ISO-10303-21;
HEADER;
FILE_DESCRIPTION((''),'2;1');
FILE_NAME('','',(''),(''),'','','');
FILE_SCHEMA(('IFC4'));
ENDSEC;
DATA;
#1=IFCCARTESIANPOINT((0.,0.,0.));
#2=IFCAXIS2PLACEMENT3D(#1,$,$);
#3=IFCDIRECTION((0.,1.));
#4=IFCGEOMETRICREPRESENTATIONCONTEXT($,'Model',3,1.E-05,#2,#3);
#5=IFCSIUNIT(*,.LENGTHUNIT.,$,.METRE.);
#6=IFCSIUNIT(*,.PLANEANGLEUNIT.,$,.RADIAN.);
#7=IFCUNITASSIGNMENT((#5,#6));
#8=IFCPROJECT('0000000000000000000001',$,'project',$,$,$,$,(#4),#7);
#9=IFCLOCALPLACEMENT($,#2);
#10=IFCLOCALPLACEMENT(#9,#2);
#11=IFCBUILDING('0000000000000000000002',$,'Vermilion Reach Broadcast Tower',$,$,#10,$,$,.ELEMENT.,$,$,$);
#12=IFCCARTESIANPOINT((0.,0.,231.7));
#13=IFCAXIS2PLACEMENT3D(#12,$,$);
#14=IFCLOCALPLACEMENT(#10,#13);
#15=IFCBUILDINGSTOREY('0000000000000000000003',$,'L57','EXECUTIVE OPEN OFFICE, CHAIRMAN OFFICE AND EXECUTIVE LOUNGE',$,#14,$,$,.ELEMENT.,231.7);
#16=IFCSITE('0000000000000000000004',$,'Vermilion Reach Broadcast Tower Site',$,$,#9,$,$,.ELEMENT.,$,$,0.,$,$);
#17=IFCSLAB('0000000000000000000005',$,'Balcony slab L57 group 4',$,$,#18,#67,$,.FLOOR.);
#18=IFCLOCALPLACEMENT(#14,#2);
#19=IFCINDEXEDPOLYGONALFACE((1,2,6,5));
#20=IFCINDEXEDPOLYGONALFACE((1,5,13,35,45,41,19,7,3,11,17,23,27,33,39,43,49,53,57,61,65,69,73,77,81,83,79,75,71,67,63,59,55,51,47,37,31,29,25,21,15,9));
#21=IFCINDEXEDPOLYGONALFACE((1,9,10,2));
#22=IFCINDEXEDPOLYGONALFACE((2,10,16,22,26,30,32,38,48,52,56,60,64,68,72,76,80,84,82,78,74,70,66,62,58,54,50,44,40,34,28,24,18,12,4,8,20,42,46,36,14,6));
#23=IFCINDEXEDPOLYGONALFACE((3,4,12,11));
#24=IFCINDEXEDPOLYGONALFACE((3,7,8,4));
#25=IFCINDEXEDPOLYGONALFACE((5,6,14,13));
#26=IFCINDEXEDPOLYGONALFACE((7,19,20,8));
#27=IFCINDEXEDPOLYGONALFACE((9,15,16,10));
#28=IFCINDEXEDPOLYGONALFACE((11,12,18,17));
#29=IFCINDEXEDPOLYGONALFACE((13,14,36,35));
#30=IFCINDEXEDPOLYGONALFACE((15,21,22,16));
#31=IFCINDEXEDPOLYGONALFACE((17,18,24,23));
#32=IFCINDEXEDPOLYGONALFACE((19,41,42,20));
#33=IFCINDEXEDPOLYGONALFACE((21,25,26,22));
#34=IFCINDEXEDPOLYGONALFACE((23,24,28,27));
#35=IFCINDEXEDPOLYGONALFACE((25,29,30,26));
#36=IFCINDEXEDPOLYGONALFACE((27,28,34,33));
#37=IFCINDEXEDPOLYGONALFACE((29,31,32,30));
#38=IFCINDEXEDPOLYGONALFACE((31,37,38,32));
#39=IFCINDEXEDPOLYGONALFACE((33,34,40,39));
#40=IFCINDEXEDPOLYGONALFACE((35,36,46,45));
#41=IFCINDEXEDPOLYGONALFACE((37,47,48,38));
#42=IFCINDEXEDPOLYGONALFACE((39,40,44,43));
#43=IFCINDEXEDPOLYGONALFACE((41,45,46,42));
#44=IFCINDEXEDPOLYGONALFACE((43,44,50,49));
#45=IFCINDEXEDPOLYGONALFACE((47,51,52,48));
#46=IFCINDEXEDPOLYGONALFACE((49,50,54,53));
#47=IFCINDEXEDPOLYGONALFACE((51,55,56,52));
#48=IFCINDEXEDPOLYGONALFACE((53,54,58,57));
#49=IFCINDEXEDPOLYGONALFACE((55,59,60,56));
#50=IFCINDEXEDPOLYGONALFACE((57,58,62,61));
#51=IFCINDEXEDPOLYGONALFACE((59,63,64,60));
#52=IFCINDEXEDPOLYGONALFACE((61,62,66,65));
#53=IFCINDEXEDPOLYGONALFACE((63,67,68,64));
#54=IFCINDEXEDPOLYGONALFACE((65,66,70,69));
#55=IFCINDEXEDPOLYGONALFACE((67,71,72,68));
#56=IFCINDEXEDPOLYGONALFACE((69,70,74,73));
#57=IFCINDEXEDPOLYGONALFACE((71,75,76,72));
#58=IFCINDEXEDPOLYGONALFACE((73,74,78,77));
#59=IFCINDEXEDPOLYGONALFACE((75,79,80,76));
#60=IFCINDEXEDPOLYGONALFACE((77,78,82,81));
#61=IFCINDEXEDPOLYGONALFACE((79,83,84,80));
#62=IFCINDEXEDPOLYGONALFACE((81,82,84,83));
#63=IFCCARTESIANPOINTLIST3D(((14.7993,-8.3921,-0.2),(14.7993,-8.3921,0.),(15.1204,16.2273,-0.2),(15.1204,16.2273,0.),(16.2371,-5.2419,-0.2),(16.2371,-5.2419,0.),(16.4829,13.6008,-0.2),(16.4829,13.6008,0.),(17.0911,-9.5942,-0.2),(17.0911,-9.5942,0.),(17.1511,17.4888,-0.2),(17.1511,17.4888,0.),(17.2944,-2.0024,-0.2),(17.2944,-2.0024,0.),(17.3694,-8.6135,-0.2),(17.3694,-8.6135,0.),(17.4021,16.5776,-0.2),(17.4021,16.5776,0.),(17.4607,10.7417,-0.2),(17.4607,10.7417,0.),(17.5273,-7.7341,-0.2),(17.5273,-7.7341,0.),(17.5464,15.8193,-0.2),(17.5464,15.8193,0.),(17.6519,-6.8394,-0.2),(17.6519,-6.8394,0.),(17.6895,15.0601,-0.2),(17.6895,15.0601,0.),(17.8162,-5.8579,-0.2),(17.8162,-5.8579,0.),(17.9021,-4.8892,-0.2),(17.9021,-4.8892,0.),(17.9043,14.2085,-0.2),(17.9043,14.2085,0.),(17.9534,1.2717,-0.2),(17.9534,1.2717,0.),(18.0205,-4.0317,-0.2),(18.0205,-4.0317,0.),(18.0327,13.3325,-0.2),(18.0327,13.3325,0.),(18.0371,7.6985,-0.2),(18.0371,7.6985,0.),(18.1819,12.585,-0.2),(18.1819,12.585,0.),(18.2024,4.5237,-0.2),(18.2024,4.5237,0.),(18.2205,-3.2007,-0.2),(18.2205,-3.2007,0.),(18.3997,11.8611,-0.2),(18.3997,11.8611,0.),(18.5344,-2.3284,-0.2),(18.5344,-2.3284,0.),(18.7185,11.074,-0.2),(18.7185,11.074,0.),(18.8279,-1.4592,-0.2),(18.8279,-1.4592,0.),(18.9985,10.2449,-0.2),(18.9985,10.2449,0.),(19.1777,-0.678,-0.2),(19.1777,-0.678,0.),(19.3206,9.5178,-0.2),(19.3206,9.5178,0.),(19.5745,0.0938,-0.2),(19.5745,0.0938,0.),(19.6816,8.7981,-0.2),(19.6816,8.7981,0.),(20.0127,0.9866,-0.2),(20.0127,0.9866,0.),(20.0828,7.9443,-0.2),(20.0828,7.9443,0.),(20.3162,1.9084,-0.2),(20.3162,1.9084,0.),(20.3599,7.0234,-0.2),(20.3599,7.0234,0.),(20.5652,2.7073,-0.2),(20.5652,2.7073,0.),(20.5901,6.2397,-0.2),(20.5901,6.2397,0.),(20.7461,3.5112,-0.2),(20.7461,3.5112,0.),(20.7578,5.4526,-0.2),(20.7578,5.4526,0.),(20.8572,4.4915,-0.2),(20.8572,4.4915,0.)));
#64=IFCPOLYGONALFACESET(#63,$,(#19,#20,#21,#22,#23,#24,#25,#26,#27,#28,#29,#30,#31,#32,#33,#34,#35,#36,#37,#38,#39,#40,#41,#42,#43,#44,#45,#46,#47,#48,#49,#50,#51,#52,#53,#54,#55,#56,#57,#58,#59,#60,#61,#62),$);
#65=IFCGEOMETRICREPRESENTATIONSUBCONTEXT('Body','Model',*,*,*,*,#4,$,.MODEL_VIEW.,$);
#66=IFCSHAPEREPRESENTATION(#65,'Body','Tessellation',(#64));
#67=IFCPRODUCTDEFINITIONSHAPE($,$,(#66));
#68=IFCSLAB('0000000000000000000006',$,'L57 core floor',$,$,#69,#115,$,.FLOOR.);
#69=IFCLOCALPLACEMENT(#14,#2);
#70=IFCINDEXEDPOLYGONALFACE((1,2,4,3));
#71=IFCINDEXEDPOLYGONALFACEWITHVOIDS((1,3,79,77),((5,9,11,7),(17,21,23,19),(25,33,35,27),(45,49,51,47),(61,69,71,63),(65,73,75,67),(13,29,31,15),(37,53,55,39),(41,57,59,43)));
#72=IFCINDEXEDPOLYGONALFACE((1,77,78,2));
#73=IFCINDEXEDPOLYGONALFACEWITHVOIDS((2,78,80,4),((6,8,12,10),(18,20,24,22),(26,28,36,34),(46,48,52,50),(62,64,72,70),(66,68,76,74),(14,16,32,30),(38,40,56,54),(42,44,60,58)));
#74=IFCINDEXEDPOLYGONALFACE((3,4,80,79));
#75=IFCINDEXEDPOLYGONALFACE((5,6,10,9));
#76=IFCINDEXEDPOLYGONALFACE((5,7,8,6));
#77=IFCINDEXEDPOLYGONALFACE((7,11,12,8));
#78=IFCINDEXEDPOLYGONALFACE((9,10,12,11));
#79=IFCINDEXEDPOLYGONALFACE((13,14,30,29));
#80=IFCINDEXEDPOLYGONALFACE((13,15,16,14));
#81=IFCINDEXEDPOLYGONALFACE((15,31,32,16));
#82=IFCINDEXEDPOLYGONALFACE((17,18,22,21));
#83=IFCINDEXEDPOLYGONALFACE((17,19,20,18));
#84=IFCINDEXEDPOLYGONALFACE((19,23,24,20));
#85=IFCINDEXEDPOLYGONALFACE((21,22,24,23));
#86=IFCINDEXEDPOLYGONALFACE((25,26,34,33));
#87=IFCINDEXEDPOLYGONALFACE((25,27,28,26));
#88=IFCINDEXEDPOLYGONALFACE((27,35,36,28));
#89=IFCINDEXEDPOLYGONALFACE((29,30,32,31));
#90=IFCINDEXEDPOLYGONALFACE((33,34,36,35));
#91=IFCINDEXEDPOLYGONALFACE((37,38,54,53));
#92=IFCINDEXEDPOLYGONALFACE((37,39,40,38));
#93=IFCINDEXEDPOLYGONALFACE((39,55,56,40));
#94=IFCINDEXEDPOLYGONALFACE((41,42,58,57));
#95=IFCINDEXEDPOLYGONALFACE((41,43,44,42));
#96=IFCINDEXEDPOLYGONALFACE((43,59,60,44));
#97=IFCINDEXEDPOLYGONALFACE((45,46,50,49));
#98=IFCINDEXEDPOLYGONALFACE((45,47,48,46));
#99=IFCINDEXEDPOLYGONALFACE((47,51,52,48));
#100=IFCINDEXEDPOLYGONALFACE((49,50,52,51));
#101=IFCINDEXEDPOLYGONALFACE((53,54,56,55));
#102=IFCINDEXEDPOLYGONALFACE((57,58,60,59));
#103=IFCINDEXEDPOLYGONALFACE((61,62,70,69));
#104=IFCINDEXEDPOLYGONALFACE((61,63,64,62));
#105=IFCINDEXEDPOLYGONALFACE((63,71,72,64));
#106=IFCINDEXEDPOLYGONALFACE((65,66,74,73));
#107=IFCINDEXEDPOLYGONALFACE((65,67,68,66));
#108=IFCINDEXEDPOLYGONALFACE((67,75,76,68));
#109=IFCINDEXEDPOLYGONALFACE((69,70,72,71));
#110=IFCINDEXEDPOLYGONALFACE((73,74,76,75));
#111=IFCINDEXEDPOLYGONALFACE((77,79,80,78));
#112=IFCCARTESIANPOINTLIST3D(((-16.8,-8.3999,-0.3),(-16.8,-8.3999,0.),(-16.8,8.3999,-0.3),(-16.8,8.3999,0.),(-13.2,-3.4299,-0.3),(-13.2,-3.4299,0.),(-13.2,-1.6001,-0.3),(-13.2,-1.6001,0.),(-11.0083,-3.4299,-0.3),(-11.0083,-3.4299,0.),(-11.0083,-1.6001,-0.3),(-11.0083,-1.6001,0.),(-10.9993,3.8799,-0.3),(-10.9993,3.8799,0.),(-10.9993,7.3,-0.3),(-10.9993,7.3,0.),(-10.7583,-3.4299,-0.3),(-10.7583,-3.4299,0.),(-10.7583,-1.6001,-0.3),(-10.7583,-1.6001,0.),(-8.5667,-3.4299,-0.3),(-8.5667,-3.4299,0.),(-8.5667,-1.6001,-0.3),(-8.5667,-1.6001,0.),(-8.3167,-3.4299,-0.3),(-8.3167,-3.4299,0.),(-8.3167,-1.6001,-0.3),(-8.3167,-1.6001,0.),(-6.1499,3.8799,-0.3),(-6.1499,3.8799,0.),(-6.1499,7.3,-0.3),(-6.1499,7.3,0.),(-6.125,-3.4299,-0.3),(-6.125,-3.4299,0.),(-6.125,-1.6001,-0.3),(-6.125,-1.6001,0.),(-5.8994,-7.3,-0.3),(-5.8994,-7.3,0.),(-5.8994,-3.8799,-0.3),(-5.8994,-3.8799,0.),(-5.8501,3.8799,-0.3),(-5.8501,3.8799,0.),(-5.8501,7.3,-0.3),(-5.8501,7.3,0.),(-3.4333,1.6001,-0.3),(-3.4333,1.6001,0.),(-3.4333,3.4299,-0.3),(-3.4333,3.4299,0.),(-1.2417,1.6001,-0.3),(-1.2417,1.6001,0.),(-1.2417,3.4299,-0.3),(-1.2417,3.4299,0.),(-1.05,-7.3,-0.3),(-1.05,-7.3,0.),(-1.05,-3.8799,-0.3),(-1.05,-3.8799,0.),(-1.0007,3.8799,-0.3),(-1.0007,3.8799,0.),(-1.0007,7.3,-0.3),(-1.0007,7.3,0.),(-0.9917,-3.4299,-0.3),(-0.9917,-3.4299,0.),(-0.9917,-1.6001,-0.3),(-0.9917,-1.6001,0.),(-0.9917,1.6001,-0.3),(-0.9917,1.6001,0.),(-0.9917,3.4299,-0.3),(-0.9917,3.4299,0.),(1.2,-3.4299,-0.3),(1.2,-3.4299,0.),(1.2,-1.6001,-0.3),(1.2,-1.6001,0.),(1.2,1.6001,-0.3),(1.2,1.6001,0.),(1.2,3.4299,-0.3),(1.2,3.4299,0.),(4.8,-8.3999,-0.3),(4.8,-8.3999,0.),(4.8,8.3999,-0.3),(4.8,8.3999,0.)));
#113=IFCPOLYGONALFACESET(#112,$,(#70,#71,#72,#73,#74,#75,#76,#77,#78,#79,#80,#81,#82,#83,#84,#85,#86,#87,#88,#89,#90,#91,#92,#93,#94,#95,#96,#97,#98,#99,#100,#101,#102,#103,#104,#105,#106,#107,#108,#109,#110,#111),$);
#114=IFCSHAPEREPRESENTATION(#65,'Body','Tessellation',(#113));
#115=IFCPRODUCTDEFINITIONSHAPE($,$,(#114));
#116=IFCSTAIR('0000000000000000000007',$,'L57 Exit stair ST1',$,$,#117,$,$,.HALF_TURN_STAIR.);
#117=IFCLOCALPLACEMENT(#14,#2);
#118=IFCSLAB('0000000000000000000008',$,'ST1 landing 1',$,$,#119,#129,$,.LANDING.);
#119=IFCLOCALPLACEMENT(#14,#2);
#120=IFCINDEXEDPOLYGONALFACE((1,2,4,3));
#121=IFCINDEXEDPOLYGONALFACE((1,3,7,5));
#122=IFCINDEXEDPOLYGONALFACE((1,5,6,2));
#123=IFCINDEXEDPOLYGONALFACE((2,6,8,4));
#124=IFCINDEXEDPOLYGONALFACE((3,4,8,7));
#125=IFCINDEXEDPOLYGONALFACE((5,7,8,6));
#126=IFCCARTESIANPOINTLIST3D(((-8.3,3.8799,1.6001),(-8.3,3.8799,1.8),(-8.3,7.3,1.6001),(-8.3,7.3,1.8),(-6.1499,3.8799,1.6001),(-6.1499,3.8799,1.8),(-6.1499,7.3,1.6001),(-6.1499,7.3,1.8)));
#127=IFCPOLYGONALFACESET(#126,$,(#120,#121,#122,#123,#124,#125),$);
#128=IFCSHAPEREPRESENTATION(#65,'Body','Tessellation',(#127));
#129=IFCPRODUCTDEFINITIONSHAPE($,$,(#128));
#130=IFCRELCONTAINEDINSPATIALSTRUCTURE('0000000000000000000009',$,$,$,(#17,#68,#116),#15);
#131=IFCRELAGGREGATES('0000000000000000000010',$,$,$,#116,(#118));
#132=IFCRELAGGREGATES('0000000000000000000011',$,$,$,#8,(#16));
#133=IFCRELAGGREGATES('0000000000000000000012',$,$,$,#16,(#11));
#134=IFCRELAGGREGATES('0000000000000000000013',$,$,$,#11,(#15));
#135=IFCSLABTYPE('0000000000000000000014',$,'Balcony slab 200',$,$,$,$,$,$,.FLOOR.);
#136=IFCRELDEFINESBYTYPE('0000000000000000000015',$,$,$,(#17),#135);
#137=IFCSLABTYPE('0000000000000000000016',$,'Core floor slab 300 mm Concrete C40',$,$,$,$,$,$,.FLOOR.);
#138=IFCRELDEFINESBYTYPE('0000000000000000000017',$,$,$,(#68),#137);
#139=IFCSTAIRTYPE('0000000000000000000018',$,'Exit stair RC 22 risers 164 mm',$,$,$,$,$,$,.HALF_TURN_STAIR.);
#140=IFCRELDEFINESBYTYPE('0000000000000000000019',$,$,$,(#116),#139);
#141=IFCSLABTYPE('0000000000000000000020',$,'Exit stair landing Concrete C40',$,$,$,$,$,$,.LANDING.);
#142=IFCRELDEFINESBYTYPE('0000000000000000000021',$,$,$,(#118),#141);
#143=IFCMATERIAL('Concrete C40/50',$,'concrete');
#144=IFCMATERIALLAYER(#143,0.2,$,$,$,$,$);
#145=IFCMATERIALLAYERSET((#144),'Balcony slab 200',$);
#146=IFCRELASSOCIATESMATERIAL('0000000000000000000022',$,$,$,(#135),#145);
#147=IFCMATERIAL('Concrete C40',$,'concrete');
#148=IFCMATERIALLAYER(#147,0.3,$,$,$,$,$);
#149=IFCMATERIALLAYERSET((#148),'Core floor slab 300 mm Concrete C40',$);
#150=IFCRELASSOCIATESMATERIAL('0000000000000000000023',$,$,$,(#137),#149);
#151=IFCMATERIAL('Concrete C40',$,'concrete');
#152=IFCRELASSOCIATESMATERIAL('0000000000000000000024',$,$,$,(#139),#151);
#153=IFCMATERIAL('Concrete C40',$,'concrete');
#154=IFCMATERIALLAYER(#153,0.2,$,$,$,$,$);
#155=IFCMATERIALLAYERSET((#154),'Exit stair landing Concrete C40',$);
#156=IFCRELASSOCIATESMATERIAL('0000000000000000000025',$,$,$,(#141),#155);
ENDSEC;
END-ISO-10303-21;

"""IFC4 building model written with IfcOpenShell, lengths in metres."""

from ifc_helpers import new_model, si_unit, direction, frame, origin, place, context, subcontext, project, spatial, polyline, outline, extrude, material, layer, layer_set, type_object, element, aggregate, save


model = new_model("IFC4")

# Units and contexts
model_context = context("Model", 3, precision=1e-05, world=origin(), true_north=direction((0.0, 1.0)))
body_context = subcontext(model_context, "Body", "Model", "MODEL_VIEW")
ifc_project = project(units=[si_unit("LENGTHUNIT", "METRE"), si_unit("PLANEANGLEUNIT", "RADIAN")], contexts=[model_context])

# Site, building, storey
site_placement = place(None, origin())
site = spatial("IfcSite", under=ifc_project, at=site_placement, Name="Vermilion Reach Broadcast Tower Site", CompositionType="ELEMENT", RefElevation=0.0)
building_placement = place(site_placement, origin())
building = spatial("IfcBuilding", under=site, at=building_placement, Name="Vermilion Reach Broadcast Tower", CompositionType="ELEMENT")
storey_placement = place(building_placement, frame((0.0, 0.0, 231.7)))
storey = spatial("IfcBuildingStorey", under=building, at=storey_placement, Name="L57", Description="EXECUTIVE OPEN OFFICE, CHAIRMAN OFFICE AND EXECUTIVE LOUNGE", CompositionType="ELEMENT", Elevation=231.7)

# Slabs
ifc_material_1 = material(Name="Concrete C40/50", Category="concrete")
ifc_layer_1 = layer(ifc_material_1, 0.2)
ifc_layer_set_1 = layer_set([ifc_layer_1], Name="Balcony slab 200")
slab_type_1 = type_object("IfcSlabType", Name="Balcony slab 200", PredefinedType="FLOOR", material=ifc_layer_set_1)
placement_1 = place(storey_placement, frame((0.0, 0.0, -0.2)))
element("IfcSlab", 1, at=placement_1, inside=storey, type_object=slab_type_1, Name="Balcony slab L57 group 4", PredefinedType="FLOOR", context=body_context, shape_type="SweptSolid", body=[
    extrude(outline(polyline([(14.7993, -8.3921), (16.2371, -5.2419), (17.2944, -2.0024), (17.9534, 1.2717), (18.2024, 4.5237), (18.0371, 7.6985), (17.4607, 10.7417), (16.4829, 13.6008), (15.1204, 16.2273), (17.1511, 17.4888), (17.4021, 16.5776), (17.5464, 15.8193), (17.6895, 15.0601), (17.9043, 14.2085), (18.0327, 13.3325), (18.1819, 12.585), (18.3997, 11.8611), (18.7185, 11.074), (18.9985, 10.2449), (19.3206, 9.5178), (19.6816, 8.7981), (20.0828, 7.9443), (20.3599, 7.0234), (20.5901, 6.2397), (20.7578, 5.4526), (20.8572, 4.4915), (20.7461, 3.5112), (20.5652, 2.7073), (20.3162, 1.9084), (20.0127, 0.9866), (19.5745, 0.0938), (19.1777, -0.678), (18.8279, -1.4592), (18.5344, -2.3284), (18.2205, -3.2007), (18.0205, -4.0317), (17.9021, -4.8892), (17.8162, -5.8579), (17.6519, -6.8394), (17.5273, -7.7341), (17.3694, -8.6135), (17.0911, -9.5942), (14.7993, -8.3921)])), origin(), (0.0, 0.0, 1.0), 0.2),
])
ifc_material_2 = material(Name="Concrete C40", Category="concrete")
ifc_layer_2 = layer(ifc_material_2, 0.3)
ifc_layer_set_2 = layer_set([ifc_layer_2], Name="Core floor slab 300 mm Concrete C40")
slab_type_2 = type_object("IfcSlabType", Name="Core floor slab 300 mm Concrete C40", PredefinedType="FLOOR", material=ifc_layer_set_2)
slab_1_placement = place(storey_placement, frame((0.0, 0.0, -0.3)))
element("IfcSlab", 2, at=slab_1_placement, inside=storey, type_object=slab_type_2, Name="L57 core floor", PredefinedType="FLOOR", context=body_context, shape_type="SweptSolid", body=[
    extrude(outline(polyline([(-16.8, -8.3999), (4.8, -8.3999), (4.8, 8.3999), (-16.8, 8.3999), (-16.8, -8.3999)]), holes=[polyline([(-3.4333, 1.6001), (-1.2417, 1.6001), (-1.2417, 3.4299), (-3.4333, 3.4299), (-3.4333, 1.6001)]), polyline([(-0.9917, 1.6001), (1.2, 1.6001), (1.2, 3.4299), (-0.9917, 3.4299), (-0.9917, 1.6001)]), polyline([(-13.2, -3.4299), (-11.0083, -3.4299), (-11.0083, -1.6001), (-13.2, -1.6001), (-13.2, -3.4299)]), polyline([(-10.7583, -3.4299), (-8.5667, -3.4299), (-8.5667, -1.6001), (-10.7583, -1.6001), (-10.7583, -3.4299)]), polyline([(-8.3167, -3.4299), (-6.125, -3.4299), (-6.125, -1.6001), (-8.3167, -1.6001), (-8.3167, -3.4299)]), polyline([(-0.9917, -3.4299), (1.2, -3.4299), (1.2, -1.6001), (-0.9917, -1.6001), (-0.9917, -3.4299)]), polyline([(-10.9993, 3.8799), (-6.1499, 3.8799), (-6.1499, 7.3), (-10.9993, 7.3), (-10.9993, 3.8799)]), polyline([(-1.0007, 7.3), (-5.8501, 7.3), (-5.8501, 3.8799), (-1.0007, 3.8799), (-1.0007, 7.3)]), polyline([(-5.8994, -7.3), (-1.05, -7.3), (-1.05, -3.8799), (-5.8994, -3.8799), (-5.8994, -7.3)])]), origin(), (0.0, 0.0, 1.0), 0.3),
])

# Stair, slab
ifc_material_3 = material(Name="Concrete C40", Category="concrete")
stair_type = type_object("IfcStairType", Name="Exit stair RC 22 risers 164 mm", PredefinedType="HALF_TURN_STAIR", material=ifc_material_3)
placement_2 = place(storey_placement, origin())
stair_1 = element("IfcStair", 3, at=placement_2, inside=storey, type_object=stair_type, Name="L57 Exit stair ST1", PredefinedType="HALF_TURN_STAIR")
ifc_material_4 = material(Name="Concrete C40", Category="concrete")
ifc_layer_3 = layer(ifc_material_4, 0.2)
ifc_layer_set_3 = layer_set([ifc_layer_3], Name="Exit stair landing Concrete C40")
slab_type_3 = type_object("IfcSlabType", Name="Exit stair landing Concrete C40", PredefinedType="LANDING", material=ifc_layer_set_3)
slab_2_placement = place(storey_placement, frame((0.0, 0.0, 1.6001)))
slab_2 = element("IfcSlab", 4, at=slab_2_placement, type_object=slab_type_3, Name="ST1 landing 1", PredefinedType="LANDING", context=body_context, shape_type="SweptSolid", body=[
    extrude(outline(polyline([(-8.3, 3.8799), (-6.1499, 3.8799), (-6.1499, 7.3), (-8.3, 7.3), (-8.3, 3.8799)])), origin(), (0.0, 0.0, 1.0), 0.2),
])
aggregate(stair_1, [slab_2])

save(model, "model.ifc")
